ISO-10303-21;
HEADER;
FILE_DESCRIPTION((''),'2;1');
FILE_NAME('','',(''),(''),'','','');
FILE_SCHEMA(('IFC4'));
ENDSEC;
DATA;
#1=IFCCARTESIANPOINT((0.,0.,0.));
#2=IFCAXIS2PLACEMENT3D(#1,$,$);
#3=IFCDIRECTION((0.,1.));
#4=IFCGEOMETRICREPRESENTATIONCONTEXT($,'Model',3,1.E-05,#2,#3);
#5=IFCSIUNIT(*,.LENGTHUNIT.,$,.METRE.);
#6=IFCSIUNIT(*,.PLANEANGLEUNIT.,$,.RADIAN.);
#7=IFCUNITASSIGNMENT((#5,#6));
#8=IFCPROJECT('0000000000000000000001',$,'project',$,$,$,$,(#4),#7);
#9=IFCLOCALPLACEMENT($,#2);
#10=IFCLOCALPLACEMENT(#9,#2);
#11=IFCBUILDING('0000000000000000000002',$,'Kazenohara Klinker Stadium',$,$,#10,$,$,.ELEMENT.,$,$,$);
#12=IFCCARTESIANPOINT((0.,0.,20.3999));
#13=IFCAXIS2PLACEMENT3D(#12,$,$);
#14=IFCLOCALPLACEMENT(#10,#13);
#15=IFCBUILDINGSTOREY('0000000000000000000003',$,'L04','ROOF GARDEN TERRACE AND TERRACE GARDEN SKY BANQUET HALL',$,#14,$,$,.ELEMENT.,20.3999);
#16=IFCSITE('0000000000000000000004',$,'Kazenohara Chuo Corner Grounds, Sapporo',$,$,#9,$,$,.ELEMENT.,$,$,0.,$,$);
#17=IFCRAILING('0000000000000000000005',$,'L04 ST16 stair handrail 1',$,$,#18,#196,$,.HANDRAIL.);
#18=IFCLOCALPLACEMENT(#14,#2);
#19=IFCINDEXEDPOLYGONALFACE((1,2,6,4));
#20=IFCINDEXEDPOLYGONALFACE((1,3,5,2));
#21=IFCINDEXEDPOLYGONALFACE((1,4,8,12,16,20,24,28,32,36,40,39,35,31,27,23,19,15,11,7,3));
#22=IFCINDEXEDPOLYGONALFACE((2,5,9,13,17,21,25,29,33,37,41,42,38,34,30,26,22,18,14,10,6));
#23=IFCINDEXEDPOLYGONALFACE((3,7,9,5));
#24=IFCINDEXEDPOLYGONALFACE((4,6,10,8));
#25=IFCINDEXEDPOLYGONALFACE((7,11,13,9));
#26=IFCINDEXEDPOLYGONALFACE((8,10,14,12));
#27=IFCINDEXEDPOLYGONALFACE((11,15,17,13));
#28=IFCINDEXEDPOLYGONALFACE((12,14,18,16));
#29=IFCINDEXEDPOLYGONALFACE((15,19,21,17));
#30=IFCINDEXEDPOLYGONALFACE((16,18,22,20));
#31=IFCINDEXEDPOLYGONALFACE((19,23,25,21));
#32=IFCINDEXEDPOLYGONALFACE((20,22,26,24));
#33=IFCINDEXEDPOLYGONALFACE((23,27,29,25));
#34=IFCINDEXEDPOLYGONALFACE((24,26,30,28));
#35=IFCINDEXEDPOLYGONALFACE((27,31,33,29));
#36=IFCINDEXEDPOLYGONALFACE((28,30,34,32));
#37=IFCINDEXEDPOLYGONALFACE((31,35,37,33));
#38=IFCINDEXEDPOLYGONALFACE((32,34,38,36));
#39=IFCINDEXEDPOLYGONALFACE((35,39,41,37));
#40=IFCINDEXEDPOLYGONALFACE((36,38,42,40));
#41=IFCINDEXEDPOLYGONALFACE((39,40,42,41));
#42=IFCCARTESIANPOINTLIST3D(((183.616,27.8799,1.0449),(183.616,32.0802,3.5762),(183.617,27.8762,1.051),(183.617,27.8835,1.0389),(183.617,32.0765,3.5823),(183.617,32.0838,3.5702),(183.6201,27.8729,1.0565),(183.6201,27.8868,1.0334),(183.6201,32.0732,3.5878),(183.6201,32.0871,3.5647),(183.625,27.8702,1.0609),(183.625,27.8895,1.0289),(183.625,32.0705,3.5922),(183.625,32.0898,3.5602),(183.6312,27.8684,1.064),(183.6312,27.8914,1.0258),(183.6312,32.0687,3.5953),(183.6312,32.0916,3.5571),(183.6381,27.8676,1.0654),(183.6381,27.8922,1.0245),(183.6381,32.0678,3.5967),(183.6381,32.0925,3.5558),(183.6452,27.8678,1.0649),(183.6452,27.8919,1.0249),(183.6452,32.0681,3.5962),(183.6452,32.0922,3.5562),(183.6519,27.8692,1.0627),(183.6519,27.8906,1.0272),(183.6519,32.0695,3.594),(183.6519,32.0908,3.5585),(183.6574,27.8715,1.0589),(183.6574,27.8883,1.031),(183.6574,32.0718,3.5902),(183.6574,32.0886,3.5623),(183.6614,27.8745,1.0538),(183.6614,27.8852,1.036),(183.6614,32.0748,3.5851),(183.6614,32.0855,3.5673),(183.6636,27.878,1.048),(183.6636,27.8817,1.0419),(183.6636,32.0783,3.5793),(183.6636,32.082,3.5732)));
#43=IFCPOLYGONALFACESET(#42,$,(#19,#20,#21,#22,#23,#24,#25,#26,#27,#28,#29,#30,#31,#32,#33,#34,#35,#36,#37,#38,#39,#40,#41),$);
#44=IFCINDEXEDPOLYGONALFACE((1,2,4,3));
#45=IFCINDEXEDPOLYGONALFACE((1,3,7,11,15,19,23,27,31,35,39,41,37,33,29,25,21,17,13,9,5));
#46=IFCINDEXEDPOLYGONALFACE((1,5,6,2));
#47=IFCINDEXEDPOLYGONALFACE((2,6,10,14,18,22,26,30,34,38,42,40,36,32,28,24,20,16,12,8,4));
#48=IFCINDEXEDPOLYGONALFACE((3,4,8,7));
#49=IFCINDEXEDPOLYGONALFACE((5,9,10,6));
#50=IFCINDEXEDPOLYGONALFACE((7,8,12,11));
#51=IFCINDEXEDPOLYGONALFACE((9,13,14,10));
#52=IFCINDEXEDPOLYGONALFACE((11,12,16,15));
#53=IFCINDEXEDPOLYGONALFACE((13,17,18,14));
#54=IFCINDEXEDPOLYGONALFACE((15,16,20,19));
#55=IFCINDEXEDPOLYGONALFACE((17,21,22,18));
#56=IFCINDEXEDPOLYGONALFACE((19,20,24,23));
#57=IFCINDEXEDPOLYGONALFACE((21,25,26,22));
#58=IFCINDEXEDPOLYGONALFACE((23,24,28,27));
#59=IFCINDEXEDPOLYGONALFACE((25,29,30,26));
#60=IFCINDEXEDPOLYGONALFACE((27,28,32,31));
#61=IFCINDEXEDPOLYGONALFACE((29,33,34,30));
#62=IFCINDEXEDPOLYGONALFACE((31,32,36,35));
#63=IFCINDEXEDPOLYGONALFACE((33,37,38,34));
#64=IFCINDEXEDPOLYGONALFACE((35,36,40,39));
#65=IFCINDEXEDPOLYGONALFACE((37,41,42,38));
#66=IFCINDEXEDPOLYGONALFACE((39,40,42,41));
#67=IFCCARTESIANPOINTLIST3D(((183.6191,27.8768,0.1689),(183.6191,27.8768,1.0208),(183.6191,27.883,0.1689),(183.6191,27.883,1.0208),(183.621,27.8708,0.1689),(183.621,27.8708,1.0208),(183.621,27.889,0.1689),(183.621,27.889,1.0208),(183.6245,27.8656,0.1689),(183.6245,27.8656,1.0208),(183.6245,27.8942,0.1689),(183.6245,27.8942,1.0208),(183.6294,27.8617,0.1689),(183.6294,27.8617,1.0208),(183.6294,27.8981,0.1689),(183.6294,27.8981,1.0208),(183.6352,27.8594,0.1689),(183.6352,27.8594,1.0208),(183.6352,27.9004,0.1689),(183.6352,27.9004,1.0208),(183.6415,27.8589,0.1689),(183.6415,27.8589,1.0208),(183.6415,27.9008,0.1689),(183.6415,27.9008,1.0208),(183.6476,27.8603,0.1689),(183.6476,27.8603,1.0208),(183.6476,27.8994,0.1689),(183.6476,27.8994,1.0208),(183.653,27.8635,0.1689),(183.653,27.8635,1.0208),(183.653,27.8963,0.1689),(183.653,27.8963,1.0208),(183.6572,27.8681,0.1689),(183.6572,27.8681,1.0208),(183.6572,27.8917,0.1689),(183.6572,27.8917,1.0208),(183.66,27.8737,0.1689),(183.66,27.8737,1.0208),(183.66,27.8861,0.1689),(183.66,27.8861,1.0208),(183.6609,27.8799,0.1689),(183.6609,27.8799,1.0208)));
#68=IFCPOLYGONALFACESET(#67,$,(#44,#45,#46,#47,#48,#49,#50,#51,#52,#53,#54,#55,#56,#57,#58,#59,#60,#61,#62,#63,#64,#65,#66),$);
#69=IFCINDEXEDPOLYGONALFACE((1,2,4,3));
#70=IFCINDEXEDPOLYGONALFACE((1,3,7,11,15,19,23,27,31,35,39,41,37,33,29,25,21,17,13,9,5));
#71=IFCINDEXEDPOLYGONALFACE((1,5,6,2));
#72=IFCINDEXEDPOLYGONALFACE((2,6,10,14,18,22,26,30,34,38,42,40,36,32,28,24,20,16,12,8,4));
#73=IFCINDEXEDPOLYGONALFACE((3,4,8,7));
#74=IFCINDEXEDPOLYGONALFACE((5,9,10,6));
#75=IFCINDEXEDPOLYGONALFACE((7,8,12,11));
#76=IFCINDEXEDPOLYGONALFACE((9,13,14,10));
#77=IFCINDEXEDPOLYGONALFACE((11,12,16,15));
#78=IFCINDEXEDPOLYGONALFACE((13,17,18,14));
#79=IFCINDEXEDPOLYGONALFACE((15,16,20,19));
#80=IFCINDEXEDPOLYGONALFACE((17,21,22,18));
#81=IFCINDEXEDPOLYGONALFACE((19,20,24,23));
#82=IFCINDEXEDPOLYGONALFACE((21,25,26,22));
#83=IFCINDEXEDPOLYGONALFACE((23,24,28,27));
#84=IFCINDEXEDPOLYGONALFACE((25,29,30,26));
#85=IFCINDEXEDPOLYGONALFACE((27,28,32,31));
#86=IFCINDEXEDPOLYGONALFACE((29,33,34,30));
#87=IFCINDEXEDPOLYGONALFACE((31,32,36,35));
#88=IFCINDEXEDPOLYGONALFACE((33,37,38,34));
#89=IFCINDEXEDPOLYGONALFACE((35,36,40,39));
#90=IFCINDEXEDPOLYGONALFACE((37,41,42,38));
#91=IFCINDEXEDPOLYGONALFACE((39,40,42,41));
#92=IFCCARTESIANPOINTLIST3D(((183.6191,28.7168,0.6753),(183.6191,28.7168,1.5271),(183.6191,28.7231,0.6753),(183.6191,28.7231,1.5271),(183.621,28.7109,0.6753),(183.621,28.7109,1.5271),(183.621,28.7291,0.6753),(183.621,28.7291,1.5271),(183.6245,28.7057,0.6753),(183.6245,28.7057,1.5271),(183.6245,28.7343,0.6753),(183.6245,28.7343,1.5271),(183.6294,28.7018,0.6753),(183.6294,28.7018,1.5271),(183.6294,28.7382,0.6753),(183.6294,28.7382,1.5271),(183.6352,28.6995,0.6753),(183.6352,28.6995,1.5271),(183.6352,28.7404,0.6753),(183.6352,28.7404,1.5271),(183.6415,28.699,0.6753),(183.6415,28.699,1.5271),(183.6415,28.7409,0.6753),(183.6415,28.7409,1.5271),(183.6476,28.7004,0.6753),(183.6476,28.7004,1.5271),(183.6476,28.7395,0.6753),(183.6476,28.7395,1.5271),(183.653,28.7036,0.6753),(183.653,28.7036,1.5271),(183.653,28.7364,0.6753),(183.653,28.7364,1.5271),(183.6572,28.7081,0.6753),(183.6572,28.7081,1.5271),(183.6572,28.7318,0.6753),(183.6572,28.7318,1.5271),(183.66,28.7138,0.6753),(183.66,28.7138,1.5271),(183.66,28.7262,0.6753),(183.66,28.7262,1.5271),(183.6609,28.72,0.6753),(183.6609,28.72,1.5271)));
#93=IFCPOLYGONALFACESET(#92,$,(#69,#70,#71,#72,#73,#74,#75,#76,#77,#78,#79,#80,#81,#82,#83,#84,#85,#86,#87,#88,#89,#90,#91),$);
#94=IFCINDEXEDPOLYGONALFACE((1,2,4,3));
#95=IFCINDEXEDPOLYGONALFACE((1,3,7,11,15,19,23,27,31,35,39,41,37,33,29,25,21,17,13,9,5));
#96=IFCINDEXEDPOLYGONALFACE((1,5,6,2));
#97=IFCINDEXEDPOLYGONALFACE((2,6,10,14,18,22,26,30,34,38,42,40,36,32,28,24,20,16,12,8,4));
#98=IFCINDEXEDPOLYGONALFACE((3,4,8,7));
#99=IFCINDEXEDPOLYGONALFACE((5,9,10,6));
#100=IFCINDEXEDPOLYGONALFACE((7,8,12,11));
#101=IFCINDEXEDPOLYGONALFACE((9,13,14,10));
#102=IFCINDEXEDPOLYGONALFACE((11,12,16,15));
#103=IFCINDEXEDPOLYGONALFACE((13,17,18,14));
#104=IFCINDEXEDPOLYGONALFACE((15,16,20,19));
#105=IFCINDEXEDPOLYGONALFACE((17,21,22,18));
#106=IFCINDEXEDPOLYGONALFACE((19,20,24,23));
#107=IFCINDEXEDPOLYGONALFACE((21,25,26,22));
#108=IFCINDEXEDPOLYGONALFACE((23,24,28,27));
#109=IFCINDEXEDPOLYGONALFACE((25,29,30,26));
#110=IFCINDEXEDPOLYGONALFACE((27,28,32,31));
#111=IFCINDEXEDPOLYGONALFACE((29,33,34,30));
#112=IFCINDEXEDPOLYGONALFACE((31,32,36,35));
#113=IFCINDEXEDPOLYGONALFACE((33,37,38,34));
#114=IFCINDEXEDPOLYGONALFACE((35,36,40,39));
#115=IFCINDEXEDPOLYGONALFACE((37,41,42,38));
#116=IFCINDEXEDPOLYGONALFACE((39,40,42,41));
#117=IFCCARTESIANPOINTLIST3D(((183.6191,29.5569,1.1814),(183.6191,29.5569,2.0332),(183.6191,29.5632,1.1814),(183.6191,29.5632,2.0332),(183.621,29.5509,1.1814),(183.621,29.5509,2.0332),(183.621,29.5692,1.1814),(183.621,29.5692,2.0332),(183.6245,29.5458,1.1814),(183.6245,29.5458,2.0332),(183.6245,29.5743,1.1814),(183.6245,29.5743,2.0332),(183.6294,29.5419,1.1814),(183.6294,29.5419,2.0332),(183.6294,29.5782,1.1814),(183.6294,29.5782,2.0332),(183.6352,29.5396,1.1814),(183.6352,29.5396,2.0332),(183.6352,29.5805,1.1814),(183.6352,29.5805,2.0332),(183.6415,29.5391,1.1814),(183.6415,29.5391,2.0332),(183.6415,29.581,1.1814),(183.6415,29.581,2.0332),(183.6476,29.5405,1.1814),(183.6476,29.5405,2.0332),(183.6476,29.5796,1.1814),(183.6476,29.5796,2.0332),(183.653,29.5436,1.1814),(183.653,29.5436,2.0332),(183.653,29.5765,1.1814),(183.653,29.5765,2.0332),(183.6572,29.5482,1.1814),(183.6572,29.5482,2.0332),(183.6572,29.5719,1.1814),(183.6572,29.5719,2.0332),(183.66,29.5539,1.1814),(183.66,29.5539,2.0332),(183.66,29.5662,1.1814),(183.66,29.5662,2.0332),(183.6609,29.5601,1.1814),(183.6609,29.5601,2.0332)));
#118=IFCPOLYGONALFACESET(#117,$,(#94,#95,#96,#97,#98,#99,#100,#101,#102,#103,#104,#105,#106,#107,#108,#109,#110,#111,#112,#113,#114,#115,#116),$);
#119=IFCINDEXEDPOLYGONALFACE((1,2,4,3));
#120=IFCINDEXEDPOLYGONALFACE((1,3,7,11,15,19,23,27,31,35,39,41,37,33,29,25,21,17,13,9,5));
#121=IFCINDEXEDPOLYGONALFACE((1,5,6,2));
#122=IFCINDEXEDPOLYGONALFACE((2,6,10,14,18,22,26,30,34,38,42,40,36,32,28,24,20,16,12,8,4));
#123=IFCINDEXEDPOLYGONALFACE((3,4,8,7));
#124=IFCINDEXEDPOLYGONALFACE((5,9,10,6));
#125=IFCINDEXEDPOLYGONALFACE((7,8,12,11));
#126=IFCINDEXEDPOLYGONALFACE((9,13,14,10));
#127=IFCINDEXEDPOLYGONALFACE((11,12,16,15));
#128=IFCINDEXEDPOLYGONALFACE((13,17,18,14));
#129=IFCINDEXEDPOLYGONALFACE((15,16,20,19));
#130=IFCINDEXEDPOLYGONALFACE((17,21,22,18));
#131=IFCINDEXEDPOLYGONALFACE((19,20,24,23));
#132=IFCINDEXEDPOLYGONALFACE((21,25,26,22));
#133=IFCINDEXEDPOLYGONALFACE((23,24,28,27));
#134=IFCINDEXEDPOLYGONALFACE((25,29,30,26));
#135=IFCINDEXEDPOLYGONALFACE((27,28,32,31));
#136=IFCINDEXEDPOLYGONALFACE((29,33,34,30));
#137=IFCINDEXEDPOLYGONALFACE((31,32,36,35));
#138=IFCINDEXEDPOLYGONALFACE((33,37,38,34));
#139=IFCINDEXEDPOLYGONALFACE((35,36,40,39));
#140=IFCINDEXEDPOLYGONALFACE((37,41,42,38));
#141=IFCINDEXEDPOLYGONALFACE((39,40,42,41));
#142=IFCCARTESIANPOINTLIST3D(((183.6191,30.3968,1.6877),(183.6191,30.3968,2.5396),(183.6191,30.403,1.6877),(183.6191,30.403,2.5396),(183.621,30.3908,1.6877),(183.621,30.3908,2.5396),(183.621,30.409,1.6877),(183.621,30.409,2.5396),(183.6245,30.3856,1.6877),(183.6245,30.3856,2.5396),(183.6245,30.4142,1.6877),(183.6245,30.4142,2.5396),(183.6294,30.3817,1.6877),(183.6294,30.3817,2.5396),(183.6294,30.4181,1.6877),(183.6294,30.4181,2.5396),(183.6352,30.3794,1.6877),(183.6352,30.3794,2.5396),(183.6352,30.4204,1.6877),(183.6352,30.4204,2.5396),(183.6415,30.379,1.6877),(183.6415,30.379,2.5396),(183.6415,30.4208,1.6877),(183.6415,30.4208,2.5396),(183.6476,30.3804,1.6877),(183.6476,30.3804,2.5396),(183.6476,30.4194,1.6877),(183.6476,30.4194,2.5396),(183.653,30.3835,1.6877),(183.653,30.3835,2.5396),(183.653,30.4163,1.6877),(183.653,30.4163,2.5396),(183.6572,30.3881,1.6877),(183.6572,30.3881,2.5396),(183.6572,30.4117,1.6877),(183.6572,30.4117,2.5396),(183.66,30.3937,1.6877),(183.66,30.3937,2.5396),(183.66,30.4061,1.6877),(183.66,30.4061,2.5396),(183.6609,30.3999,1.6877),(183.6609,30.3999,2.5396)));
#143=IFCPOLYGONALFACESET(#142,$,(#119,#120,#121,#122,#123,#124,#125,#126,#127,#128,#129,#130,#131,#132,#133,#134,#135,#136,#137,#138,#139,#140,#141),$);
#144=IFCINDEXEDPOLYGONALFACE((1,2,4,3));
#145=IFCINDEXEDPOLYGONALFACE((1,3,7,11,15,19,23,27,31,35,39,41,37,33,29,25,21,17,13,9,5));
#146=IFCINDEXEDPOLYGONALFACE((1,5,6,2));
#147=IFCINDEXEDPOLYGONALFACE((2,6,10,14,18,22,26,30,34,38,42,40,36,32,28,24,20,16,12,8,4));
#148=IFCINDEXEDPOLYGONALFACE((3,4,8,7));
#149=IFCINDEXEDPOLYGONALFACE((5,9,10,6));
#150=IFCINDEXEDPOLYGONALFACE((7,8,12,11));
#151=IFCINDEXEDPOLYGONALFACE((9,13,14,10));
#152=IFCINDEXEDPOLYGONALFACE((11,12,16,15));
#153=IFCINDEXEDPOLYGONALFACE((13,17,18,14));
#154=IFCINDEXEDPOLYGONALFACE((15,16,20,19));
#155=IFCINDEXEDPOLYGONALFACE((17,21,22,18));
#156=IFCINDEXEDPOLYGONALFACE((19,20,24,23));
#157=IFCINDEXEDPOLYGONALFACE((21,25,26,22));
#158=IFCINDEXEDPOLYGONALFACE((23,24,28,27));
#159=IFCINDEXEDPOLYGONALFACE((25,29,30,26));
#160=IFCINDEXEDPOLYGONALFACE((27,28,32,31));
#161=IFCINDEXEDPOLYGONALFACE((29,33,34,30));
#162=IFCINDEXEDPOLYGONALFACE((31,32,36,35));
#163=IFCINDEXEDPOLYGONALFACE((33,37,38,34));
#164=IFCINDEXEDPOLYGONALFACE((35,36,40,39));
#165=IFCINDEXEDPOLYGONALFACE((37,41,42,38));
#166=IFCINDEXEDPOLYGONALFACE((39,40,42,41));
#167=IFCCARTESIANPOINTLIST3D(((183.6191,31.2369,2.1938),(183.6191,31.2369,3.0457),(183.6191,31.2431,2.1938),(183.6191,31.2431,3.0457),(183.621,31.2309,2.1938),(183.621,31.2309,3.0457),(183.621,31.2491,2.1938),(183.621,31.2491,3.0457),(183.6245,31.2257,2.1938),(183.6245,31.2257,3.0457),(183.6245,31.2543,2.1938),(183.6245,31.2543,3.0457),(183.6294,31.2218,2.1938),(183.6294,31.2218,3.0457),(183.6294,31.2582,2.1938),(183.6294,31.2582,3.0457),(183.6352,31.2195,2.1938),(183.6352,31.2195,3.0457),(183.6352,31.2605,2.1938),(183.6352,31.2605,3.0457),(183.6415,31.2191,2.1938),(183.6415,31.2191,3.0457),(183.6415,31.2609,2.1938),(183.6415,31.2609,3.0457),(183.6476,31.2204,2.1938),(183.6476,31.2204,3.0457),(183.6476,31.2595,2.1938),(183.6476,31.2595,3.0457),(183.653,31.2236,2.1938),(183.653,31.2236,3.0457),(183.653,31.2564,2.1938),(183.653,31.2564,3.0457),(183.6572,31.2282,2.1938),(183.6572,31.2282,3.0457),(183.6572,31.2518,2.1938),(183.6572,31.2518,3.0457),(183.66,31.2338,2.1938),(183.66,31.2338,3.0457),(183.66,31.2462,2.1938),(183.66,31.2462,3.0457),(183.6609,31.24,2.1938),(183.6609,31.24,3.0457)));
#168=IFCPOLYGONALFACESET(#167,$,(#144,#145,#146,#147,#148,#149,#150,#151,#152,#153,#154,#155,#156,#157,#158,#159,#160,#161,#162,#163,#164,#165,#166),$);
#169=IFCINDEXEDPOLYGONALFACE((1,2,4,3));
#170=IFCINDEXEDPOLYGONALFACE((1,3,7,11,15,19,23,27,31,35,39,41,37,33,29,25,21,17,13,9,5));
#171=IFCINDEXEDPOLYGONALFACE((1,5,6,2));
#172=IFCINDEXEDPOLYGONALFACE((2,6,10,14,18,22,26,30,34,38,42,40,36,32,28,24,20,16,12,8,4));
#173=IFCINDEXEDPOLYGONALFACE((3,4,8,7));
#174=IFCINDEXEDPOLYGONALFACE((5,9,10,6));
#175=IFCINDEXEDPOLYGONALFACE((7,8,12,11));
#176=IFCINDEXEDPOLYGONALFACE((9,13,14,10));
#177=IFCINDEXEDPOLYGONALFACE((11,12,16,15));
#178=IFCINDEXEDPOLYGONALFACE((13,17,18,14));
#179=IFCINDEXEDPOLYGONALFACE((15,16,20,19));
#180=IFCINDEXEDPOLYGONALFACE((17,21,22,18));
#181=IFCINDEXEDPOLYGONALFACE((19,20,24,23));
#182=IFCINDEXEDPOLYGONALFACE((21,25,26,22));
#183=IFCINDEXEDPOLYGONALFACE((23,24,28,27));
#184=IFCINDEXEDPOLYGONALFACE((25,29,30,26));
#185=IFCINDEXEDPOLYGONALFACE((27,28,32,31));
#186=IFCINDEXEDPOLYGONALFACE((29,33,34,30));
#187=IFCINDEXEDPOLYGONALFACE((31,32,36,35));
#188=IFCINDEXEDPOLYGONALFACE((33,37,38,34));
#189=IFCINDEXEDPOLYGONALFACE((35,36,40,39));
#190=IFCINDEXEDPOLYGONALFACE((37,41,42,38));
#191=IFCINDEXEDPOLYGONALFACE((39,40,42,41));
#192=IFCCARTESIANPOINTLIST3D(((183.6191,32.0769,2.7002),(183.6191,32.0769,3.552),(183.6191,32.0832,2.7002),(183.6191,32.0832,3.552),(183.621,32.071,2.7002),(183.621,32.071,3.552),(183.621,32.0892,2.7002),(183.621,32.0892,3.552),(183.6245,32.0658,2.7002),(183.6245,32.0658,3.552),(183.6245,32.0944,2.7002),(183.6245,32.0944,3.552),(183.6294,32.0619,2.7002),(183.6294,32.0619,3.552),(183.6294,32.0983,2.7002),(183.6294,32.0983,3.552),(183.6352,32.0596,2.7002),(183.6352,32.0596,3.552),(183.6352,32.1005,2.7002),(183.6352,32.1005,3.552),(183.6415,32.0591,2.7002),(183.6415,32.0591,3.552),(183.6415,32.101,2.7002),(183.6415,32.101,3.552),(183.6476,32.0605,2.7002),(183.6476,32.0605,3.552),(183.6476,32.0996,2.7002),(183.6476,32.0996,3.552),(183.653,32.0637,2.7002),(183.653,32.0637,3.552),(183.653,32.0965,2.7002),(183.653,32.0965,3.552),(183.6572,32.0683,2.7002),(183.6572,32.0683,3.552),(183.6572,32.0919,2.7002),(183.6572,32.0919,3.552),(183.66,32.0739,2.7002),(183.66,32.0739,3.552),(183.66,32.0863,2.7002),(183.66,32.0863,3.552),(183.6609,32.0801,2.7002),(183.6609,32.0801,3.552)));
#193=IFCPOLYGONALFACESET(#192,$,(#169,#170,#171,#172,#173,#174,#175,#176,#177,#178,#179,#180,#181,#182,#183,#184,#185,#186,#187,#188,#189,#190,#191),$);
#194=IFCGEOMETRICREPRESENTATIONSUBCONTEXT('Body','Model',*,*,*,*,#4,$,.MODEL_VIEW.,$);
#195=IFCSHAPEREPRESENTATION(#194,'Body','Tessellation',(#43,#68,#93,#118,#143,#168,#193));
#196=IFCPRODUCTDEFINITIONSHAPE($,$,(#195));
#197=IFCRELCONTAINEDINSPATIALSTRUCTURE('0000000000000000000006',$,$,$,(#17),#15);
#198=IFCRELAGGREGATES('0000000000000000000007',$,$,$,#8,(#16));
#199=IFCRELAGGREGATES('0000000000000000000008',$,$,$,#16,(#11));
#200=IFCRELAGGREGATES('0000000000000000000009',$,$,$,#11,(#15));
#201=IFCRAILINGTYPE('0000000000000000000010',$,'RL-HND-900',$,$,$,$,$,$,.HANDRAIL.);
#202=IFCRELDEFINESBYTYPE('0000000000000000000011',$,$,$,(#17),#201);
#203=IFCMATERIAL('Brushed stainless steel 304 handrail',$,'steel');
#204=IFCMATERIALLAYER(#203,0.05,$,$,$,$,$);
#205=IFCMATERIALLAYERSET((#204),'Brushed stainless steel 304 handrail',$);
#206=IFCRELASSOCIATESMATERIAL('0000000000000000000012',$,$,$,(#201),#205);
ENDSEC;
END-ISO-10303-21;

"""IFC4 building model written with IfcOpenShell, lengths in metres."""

from ifc_helpers import new_model, si_unit, direction, frame, origin, origin_2d, place, context, subcontext, project, spatial, circle, extrude, material, layer, layer_set, type_object, element, save


model = new_model("IFC4")

# Units and contexts
model_context = context("Model", 3, precision=1e-05, world=origin(), true_north=direction((0.0, 1.0)))
body_context = subcontext(model_context, "Body", "Model", "MODEL_VIEW")
ifc_project = project(units=[si_unit("LENGTHUNIT", "METRE"), si_unit("PLANEANGLEUNIT", "RADIAN")], contexts=[model_context])

# Site, building, storey
site_placement = place(None, origin())
site = spatial("IfcSite", under=ifc_project, at=site_placement, Name="Kazenohara Chuo Corner Grounds, Sapporo", CompositionType="ELEMENT", RefElevation=0.0)
building_placement = place(site_placement, origin())
building = spatial("IfcBuilding", under=site, at=building_placement, Name="Kazenohara Klinker Stadium", CompositionType="ELEMENT")
storey_placement = place(building_placement, frame((0.0, 0.0, 20.3999)))
storey = spatial("IfcBuildingStorey", under=building, at=storey_placement, Name="L04", Description="ROOF GARDEN TERRACE AND TERRACE GARDEN SKY BANQUET HALL", CompositionType="ELEMENT", Elevation=20.3999)

# Railing
ifc_material_1 = material(Name="Brushed stainless steel 304 handrail", Category="steel")
ifc_layer_1 = layer(ifc_material_1, 0.05)
ifc_layer_set_1 = layer_set([ifc_layer_1], Name="Brushed stainless steel 304 handrail")
railing_type_1 = type_object("IfcRailingType", Name="RL-HND-900", PredefinedType="HANDRAIL", material=ifc_layer_set_1)
railing_1_placement = place(storey_placement, frame((183.6399, 27.8799, 0.1689)))
element("IfcRailing", 1, at=railing_1_placement, inside=storey, type_object=railing_type_1, Name="L04 ST16 stair handrail 1", PredefinedType="HANDRAIL", context=body_context, shape_type="SweptSolid", body=[
    extrude(circle(Radius=0.0239, at=origin_2d()), frame((0.0, 0.0, 0.876), z_axis=(0.0, 0.85649, 0.516164), x_axis=(-1.0, 0.0, 0.0)), (0.0, 0.0, 1.0), 4.9041),
    extrude(circle(Radius=0.021, at=origin_2d()), origin(), (0.0, 0.0, 1.0), 0.8518),
    extrude(circle(Radius=0.021, at=origin_2d()), frame((0.0, 0.8401, 0.5063)), (0.0, 0.0, 1.0), 0.8518),
    extrude(circle(Radius=0.021, at=origin_2d()), frame((0.0, 1.6802, 1.0125)), (0.0, 0.0, 1.0), 0.8518),
    extrude(circle(Radius=0.021, at=origin_2d()), frame((0.0, 2.52, 1.5188)), (0.0, 0.0, 1.0), 0.8518),
    extrude(circle(Radius=0.021, at=origin_2d()), frame((0.0, 3.3601, 2.0249)), (0.0, 0.0, 1.0), 0.8518),
    extrude(circle(Radius=0.021, at=origin_2d()), frame((0.0, 4.2002, 2.5312)), (0.0, 0.0, 1.0), 0.8518),
])

save(model, "model.ifc")
